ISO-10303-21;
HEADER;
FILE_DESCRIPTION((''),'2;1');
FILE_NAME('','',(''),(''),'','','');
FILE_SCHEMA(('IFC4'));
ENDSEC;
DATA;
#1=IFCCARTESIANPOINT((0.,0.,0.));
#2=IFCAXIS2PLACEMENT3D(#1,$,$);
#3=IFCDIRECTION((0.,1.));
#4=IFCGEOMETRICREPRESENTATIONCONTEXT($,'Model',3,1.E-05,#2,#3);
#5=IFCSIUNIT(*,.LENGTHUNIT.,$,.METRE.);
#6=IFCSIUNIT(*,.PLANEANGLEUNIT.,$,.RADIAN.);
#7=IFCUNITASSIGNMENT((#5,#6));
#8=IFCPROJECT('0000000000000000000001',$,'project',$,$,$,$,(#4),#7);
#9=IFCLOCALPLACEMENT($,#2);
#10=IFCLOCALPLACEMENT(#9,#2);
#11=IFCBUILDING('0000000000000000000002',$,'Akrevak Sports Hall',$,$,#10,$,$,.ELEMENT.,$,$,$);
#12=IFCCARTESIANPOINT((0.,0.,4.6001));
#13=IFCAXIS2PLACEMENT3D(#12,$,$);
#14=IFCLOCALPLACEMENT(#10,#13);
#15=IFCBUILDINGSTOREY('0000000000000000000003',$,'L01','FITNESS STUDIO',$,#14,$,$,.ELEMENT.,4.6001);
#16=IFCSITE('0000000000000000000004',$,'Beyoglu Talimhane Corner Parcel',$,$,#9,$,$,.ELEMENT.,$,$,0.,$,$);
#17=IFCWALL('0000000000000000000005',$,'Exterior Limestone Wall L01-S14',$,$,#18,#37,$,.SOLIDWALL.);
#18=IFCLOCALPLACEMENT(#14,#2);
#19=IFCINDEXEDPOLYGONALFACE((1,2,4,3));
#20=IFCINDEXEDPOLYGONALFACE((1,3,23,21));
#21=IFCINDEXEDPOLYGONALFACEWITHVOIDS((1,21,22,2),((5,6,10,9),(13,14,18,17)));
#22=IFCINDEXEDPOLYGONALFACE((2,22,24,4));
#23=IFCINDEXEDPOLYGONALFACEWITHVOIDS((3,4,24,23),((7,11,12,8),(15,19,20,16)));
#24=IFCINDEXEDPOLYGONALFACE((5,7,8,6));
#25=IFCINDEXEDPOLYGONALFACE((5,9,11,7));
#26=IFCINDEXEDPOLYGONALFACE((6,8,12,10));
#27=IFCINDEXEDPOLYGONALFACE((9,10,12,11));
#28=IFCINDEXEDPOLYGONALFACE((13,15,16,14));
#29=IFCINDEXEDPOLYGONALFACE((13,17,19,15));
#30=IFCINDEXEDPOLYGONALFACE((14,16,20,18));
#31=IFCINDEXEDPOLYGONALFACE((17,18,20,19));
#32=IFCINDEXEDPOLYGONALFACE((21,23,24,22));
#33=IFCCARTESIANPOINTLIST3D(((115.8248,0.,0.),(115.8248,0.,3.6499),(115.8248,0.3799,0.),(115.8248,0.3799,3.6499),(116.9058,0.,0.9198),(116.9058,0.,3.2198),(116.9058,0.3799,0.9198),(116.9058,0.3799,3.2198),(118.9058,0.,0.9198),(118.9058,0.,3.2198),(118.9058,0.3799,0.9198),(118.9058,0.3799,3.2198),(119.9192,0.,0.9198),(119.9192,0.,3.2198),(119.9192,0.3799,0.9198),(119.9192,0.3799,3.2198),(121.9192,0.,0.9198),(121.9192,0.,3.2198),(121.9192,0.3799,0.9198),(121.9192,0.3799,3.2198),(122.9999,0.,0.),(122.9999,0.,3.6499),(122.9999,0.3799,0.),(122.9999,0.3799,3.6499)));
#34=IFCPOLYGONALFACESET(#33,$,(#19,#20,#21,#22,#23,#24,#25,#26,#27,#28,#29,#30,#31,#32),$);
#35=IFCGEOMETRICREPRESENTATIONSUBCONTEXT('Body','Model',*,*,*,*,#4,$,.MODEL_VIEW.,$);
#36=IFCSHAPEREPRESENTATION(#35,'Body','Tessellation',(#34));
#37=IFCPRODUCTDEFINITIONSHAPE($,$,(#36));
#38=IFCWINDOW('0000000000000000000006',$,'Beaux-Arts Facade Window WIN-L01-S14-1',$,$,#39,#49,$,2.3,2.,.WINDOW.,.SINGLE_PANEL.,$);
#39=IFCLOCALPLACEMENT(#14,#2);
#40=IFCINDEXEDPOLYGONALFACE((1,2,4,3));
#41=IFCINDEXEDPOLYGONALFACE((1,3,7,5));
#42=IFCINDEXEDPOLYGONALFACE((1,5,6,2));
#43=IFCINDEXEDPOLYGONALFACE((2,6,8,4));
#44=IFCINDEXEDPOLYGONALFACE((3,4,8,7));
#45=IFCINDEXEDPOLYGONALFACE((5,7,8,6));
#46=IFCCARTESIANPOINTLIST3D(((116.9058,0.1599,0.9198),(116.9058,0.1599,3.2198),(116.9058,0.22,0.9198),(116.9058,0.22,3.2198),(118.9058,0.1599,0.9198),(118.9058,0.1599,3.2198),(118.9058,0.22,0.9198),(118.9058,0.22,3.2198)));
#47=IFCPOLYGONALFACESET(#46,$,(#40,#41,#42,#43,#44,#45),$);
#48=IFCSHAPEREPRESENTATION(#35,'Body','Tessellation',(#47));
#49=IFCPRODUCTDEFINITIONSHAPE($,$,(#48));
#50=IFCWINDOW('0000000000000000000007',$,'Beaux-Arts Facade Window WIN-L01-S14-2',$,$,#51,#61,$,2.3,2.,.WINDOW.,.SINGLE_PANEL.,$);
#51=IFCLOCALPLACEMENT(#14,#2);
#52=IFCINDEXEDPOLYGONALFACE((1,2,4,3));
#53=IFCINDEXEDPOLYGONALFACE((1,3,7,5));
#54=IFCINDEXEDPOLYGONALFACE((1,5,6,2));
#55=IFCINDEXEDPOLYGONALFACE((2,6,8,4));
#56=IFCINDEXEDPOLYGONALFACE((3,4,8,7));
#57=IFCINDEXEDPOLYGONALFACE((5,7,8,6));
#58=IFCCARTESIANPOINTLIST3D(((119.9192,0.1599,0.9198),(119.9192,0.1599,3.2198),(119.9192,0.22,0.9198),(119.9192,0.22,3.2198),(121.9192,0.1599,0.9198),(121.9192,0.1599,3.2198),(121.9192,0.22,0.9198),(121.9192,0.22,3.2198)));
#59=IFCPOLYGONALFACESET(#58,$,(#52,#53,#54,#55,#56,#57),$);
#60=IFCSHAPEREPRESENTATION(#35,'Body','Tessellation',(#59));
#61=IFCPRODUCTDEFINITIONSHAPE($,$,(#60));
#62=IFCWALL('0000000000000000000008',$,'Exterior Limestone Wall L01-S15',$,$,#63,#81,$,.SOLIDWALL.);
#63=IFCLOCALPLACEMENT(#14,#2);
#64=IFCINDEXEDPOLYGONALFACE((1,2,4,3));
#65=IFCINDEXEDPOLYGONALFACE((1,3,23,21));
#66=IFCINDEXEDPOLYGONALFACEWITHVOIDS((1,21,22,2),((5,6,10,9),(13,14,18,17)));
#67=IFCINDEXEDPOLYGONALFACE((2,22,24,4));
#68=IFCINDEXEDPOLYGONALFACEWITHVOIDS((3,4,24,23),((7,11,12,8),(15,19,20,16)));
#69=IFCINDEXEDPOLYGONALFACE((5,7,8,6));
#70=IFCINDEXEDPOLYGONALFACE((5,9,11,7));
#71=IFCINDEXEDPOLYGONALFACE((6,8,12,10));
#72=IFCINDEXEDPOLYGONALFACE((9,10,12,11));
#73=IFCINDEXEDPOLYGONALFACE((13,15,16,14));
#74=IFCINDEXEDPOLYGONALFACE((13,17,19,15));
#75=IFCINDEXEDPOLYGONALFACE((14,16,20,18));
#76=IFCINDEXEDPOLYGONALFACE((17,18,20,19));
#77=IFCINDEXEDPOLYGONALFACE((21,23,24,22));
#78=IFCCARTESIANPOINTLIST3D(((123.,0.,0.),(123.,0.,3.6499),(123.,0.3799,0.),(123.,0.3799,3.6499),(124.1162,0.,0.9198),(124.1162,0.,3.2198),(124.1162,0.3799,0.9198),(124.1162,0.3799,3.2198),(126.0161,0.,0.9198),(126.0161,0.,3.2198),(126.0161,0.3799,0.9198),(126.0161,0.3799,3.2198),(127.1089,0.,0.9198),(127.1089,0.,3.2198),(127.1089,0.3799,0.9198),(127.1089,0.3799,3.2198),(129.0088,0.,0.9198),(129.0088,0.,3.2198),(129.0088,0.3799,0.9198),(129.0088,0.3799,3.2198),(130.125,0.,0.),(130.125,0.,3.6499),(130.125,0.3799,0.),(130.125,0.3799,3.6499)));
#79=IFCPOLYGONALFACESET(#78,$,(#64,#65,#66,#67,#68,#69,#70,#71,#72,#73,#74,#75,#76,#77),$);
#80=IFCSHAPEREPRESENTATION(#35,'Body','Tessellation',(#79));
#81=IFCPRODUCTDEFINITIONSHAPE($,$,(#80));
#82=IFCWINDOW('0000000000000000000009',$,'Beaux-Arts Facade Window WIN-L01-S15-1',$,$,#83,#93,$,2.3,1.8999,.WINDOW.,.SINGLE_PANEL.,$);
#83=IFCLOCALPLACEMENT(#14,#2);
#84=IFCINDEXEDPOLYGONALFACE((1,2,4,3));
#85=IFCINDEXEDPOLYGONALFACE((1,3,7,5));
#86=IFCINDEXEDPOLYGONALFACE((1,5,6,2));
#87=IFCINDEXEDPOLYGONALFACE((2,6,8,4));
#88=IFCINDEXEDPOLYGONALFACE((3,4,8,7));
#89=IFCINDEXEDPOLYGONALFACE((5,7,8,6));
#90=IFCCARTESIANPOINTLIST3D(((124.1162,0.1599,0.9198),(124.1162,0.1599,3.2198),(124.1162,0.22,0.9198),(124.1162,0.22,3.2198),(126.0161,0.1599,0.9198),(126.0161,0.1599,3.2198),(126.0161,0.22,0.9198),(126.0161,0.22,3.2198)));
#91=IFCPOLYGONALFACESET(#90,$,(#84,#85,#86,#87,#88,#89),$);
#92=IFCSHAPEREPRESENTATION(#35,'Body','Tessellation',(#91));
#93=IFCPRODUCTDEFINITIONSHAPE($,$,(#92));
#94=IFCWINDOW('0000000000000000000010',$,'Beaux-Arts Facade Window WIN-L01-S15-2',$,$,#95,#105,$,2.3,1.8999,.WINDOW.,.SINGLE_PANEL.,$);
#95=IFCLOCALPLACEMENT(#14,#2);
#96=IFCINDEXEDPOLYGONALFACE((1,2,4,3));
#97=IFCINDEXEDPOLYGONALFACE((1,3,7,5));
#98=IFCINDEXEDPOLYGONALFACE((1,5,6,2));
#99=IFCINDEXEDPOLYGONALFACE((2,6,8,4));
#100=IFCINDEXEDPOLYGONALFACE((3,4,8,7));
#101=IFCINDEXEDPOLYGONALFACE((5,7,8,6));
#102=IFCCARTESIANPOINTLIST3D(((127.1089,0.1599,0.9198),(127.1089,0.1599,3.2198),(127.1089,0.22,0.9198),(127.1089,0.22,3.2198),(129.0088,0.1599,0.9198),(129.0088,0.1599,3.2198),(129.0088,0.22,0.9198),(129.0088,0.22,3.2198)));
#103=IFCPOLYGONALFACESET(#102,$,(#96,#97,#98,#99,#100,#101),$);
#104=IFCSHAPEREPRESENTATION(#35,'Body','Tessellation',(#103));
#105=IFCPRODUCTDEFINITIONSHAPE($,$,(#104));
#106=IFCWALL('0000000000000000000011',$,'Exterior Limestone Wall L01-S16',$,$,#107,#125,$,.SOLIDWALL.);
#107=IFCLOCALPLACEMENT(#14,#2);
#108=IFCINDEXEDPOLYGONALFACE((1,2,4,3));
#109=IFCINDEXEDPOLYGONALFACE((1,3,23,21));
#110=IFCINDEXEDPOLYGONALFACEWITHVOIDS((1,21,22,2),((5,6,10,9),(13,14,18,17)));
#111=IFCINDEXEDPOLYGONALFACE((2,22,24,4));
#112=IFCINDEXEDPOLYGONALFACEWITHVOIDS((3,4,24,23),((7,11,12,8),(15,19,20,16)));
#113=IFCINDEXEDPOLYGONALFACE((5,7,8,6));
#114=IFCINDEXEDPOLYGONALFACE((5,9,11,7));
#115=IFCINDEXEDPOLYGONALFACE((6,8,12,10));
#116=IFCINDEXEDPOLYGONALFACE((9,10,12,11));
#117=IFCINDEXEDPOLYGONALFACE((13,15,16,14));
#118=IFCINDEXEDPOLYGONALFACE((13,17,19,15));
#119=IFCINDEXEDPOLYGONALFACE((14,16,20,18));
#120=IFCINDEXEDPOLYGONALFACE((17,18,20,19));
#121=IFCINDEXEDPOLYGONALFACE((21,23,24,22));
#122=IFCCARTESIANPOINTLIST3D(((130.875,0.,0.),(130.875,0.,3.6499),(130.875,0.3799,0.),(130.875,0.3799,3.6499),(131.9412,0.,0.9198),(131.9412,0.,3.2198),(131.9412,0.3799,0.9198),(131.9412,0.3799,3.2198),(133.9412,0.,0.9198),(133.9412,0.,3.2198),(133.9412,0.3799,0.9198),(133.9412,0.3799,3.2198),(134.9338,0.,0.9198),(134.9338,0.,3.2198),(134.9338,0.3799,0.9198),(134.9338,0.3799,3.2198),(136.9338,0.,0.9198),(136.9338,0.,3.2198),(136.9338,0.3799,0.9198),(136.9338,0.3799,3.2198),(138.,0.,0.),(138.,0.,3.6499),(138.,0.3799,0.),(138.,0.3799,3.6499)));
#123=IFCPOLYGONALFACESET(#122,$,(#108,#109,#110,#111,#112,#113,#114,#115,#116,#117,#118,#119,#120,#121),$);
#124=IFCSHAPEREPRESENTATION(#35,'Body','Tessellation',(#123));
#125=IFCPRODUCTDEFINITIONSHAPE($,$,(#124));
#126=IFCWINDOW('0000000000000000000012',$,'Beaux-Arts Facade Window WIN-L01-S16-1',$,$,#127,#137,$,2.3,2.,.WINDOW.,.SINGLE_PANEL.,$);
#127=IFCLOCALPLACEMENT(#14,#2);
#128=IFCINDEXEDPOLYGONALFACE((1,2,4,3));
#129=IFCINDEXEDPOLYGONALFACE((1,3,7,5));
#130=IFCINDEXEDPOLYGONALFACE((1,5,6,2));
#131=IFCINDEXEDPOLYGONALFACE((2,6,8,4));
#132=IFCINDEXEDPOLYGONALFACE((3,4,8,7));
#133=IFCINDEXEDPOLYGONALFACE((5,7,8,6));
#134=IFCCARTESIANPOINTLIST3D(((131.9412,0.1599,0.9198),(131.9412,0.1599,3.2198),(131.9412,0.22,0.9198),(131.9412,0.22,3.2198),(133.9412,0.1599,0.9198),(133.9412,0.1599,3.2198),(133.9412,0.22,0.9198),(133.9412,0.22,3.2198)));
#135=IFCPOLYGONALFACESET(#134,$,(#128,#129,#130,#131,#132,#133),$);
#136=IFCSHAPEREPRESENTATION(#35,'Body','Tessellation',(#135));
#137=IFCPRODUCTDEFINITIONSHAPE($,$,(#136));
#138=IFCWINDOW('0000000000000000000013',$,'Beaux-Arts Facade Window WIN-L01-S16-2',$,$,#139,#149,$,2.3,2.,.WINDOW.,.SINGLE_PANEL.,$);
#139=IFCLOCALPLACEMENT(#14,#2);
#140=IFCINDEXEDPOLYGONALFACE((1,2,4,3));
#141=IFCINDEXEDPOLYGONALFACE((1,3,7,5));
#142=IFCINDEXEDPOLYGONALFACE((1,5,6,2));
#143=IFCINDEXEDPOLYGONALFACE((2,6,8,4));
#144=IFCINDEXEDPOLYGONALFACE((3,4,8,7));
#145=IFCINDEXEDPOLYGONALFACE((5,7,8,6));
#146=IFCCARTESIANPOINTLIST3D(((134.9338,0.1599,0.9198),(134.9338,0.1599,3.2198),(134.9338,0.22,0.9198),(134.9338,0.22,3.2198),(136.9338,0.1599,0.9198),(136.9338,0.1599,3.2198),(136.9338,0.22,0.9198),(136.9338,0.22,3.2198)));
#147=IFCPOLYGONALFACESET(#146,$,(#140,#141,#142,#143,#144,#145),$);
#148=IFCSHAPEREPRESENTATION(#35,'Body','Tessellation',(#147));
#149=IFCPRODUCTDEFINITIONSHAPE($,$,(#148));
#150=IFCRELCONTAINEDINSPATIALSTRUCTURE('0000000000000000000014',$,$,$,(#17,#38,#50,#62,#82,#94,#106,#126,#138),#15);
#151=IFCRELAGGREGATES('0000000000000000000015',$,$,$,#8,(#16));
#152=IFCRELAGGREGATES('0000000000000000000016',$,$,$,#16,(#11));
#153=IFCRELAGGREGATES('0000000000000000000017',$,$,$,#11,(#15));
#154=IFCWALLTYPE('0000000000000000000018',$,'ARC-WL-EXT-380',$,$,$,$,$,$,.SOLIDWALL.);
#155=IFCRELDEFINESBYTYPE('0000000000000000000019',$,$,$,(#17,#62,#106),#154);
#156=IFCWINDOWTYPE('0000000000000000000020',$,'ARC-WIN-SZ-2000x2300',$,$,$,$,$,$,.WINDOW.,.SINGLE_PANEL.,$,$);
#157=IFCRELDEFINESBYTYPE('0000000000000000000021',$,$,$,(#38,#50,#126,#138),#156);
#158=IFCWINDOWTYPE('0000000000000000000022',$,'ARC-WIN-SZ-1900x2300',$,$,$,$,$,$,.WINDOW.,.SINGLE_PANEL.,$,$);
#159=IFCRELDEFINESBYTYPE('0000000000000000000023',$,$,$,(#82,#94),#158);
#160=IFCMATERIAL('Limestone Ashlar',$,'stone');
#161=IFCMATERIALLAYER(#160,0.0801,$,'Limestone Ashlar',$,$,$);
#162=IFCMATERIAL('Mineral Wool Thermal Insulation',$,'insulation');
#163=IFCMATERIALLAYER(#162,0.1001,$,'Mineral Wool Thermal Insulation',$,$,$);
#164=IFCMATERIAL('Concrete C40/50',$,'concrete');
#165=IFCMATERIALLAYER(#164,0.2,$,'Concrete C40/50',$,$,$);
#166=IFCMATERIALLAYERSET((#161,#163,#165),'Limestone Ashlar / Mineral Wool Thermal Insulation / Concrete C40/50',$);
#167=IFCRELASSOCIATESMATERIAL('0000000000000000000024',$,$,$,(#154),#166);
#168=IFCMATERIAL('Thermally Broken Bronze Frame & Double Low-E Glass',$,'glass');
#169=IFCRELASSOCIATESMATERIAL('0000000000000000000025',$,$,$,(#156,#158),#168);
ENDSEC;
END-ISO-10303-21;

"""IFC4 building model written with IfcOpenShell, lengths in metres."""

from ifc_helpers import new_model, si_unit, direction, frame, frame_2d, origin, place, context, subcontext, project, spatial, rectangle, extrude, material, layer, layer_set, type_object, element, fill, save


model = new_model("IFC4")

# Units and contexts
model_context = context("Model", 3, precision=1e-05, world=origin(), true_north=direction((0.0, 1.0)))
body_context = subcontext(model_context, "Body", "Model", "MODEL_VIEW")
ifc_project = project(units=[si_unit("LENGTHUNIT", "METRE"), si_unit("PLANEANGLEUNIT", "RADIAN")], contexts=[model_context])

# Site, building, storey
site_placement = place(None, origin())
site = spatial("IfcSite", under=ifc_project, at=site_placement, Name="Beyoglu Talimhane Corner Parcel", CompositionType="ELEMENT", RefElevation=0.0)
building_placement = place(site_placement, origin())
building = spatial("IfcBuilding", under=site, at=building_placement, Name="Akrevak Sports Hall", CompositionType="ELEMENT")
storey_placement = place(building_placement, frame((0.0, 0.0, 4.6001)))
storey = spatial("IfcBuildingStorey", under=building, at=storey_placement, Name="L01", Description="FITNESS STUDIO", CompositionType="ELEMENT", Elevation=4.6001)

# Shared definitions
ifc_material_1 = material(Name="Concrete C40/50", Category="concrete")

# Walls, openings, windows
ifc_material_2 = material(Name="Limestone Ashlar", Category="stone")
ifc_layer_1 = layer(ifc_material_2, 0.0801, Name="Limestone Ashlar")
ifc_material_3 = material(Name="Mineral Wool Thermal Insulation", Category="insulation")
ifc_layer_2 = layer(ifc_material_3, 0.1001, Name="Mineral Wool Thermal Insulation")
ifc_layer_3 = layer(ifc_material_1, 0.2, Name="Concrete C40/50")
ifc_layer_set_1 = layer_set([ifc_layer_1, ifc_layer_2, ifc_layer_3], Name="Limestone Ashlar / Mineral Wool Thermal Insulation / Concrete C40/50")
wall_type_1 = type_object("IfcWallType", Name="ARC-WL-EXT-380", PredefinedType="SOLIDWALL", material=ifc_layer_set_1)
wall_1_placement = place(storey_placement, frame((115.825, 0.1899, 0.0), z_axis=(0.0, 0.0, 1.0), x_axis=(1.0, 0.0, 0.0)))
wall_1 = element("IfcWall", 1, at=wall_1_placement, inside=storey, type_object=wall_type_1, Name="Exterior Limestone Wall L01-S14", PredefinedType="SOLIDWALL", context=body_context, shape_type="SweptSolid", body=[
    extrude(rectangle(XDim=7.175, YDim=0.3799, at=frame_2d((3.5874, 0.0))), origin(), (0.0, 0.0, 1.0), 3.6499),
])
opening_1_placement = place(wall_1_placement, frame((1.0808, 0.0, 0.9199)))
opening_1 = element("IfcOpeningElement", 2, at=opening_1_placement, cuts=wall_1, PredefinedType="OPENING", context=body_context, shape_type="SweptSolid", body=[
    extrude(rectangle(XDim=2.0, YDim=2.3, at=frame_2d((1.0, 1.1499))), frame((0.0, 0.2019, 0.0), z_axis=(0.0, -1.0, 0.0), x_axis=(1.0, 0.0, 0.0)), (0.0, 0.0, 1.0), 0.4038),
])
opening_2_placement = place(wall_1_placement, frame((4.0942, 0.0, 0.9199)))
opening_2 = element("IfcOpeningElement", 3, at=opening_2_placement, cuts=wall_1, PredefinedType="OPENING", context=body_context, shape_type="SweptSolid", body=[
    extrude(rectangle(XDim=2.0, YDim=2.3, at=frame_2d((1.0, 1.1499))), frame((0.0, 0.2019, 0.0), z_axis=(0.0, -1.0, 0.0), x_axis=(1.0, 0.0, 0.0)), (0.0, 0.0, 1.0), 0.4038),
])
ifc_material_4 = material(Name="Thermally Broken Bronze Frame & Double Low-E Glass", Category="glass")
window_type_1 = type_object("IfcWindowType", Name="ARC-WIN-SZ-2000x2300", PartitioningType="SINGLE_PANEL", PredefinedType="WINDOW", material=ifc_material_4)
window_1_placement = place(opening_1_placement, origin())
window_1 = element("IfcWindow", 4, at=window_1_placement, inside=storey, type_object=window_type_1, Name="Beaux-Arts Facade Window WIN-L01-S14-1", OverallHeight=2.3, OverallWidth=2.0, PartitioningType="SINGLE_PANEL", PredefinedType="WINDOW", context=body_context, shape_type="SweptSolid", body=[
    extrude(rectangle(XDim=2.0, YDim=2.3, at=frame_2d((1.0, 1.1499))), frame((0.0, 0.03, 0.0), z_axis=(0.0, -1.0, 0.0), x_axis=(1.0, 0.0, 0.0)), (0.0, 0.0, 1.0), 0.0601),
])
fill(opening_1, window_1)
window_2_placement = place(opening_2_placement, origin())
window_2 = element("IfcWindow", 5, at=window_2_placement, inside=storey, type_object=window_type_1, Name="Beaux-Arts Facade Window WIN-L01-S14-2", OverallHeight=2.3, OverallWidth=2.0, PartitioningType="SINGLE_PANEL", PredefinedType="WINDOW", context=body_context, shape_type="SweptSolid", body=[
    extrude(rectangle(XDim=2.0, YDim=2.3, at=frame_2d((1.0, 1.1499))), frame((0.0, 0.03, 0.0), z_axis=(0.0, -1.0, 0.0), x_axis=(1.0, 0.0, 0.0)), (0.0, 0.0, 1.0), 0.0601),
])
fill(opening_2, window_2)
wall_2_placement = place(storey_placement, frame((123.0, 0.1899, 0.0), z_axis=(0.0, 0.0, 1.0), x_axis=(1.0, 0.0, 0.0)))
wall_2 = element("IfcWall", 6, at=wall_2_placement, inside=storey, type_object=wall_type_1, Name="Exterior Limestone Wall L01-S15", PredefinedType="SOLIDWALL", context=body_context, shape_type="SweptSolid", body=[
    extrude(rectangle(XDim=7.125, YDim=0.3799, at=frame_2d((3.5625, 0.0))), origin(), (0.0, 0.0, 1.0), 3.6499),
])
opening_3_placement = place(wall_2_placement, frame((1.1162, 0.0, 0.9199)))
opening_3 = element("IfcOpeningElement", 7, at=opening_3_placement, cuts=wall_2, PredefinedType="OPENING", context=body_context, shape_type="SweptSolid", body=[
    extrude(rectangle(XDim=1.8999, YDim=2.3, at=frame_2d((0.95, 1.1499))), frame((0.0, 0.2019, 0.0), z_axis=(0.0, -1.0, 0.0), x_axis=(1.0, 0.0, 0.0)), (0.0, 0.0, 1.0), 0.4038),
])
opening_4_placement = place(wall_2_placement, frame((4.1089, 0.0, 0.9199)))
opening_4 = element("IfcOpeningElement", 8, at=opening_4_placement, cuts=wall_2, PredefinedType="OPENING", context=body_context, shape_type="SweptSolid", body=[
    extrude(rectangle(XDim=1.8999, YDim=2.3, at=frame_2d((0.95, 1.1499))), frame((0.0, 0.2019, 0.0), z_axis=(0.0, -1.0, 0.0), x_axis=(1.0, 0.0, 0.0)), (0.0, 0.0, 1.0), 0.4038),
])
window_type_2 = type_object("IfcWindowType", Name="ARC-WIN-SZ-1900x2300", PartitioningType="SINGLE_PANEL", PredefinedType="WINDOW", material=ifc_material_4)
window_3_placement = place(opening_3_placement, origin())
window_3 = element("IfcWindow", 9, at=window_3_placement, inside=storey, type_object=window_type_2, Name="Beaux-Arts Facade Window WIN-L01-S15-1", OverallHeight=2.3, OverallWidth=1.8999, PartitioningType="SINGLE_PANEL", PredefinedType="WINDOW", context=body_context, shape_type="SweptSolid", body=[
    extrude(rectangle(XDim=1.8999, YDim=2.3, at=frame_2d((0.95, 1.1499))), frame((0.0, 0.03, 0.0), z_axis=(0.0, -1.0, 0.0), x_axis=(1.0, 0.0, 0.0)), (0.0, 0.0, 1.0), 0.0601),
])
fill(opening_3, window_3)
window_4_placement = place(opening_4_placement, origin())
window_4 = element("IfcWindow", 10, at=window_4_placement, inside=storey, type_object=window_type_2, Name="Beaux-Arts Facade Window WIN-L01-S15-2", OverallHeight=2.3, OverallWidth=1.8999, PartitioningType="SINGLE_PANEL", PredefinedType="WINDOW", context=body_context, shape_type="SweptSolid", body=[
    extrude(rectangle(XDim=1.8999, YDim=2.3, at=frame_2d((0.95, 1.1499))), frame((0.0, 0.03, 0.0), z_axis=(0.0, -1.0, 0.0), x_axis=(1.0, 0.0, 0.0)), (0.0, 0.0, 1.0), 0.0601),
])
fill(opening_4, window_4)
wall_3_placement = place(storey_placement, frame((130.875, 0.1899, 0.0), z_axis=(0.0, 0.0, 1.0), x_axis=(1.0, 0.0, 0.0)))
wall_3 = element("IfcWall", 11, at=wall_3_placement, inside=storey, type_object=wall_type_1, Name="Exterior Limestone Wall L01-S16", PredefinedType="SOLIDWALL", context=body_context, shape_type="SweptSolid", body=[
    extrude(rectangle(XDim=7.125, YDim=0.3799, at=frame_2d((3.5625, 0.0))), origin(), (0.0, 0.0, 1.0), 3.6499),
])
opening_5_placement = place(wall_3_placement, frame((1.0662, 0.0, 0.9199)))
opening_5 = element("IfcOpeningElement", 12, at=opening_5_placement, cuts=wall_3, PredefinedType="OPENING", context=body_context, shape_type="SweptSolid", body=[
    extrude(rectangle(XDim=2.0, YDim=2.3, at=frame_2d((1.0, 1.1499))), frame((0.0, 0.2019, 0.0), z_axis=(0.0, -1.0, 0.0), x_axis=(1.0, 0.0, 0.0)), (0.0, 0.0, 1.0), 0.4038),
])
opening_6_placement = place(wall_3_placement, frame((4.0588, 0.0, 0.9199)))
opening_6 = element("IfcOpeningElement", 13, at=opening_6_placement, cuts=wall_3, PredefinedType="OPENING", context=body_context, shape_type="SweptSolid", body=[
    extrude(rectangle(XDim=2.0, YDim=2.3, at=frame_2d((1.0, 1.1499))), frame((0.0, 0.2019, 0.0), z_axis=(0.0, -1.0, 0.0), x_axis=(1.0, 0.0, 0.0)), (0.0, 0.0, 1.0), 0.4038),
])
window_5_placement = place(opening_5_placement, origin())
window_5 = element("IfcWindow", 14, at=window_5_placement, inside=storey, type_object=window_type_1, Name="Beaux-Arts Facade Window WIN-L01-S16-1", OverallHeight=2.3, OverallWidth=2.0, PartitioningType="SINGLE_PANEL", PredefinedType="WINDOW", context=body_context, shape_type="SweptSolid", body=[
    extrude(rectangle(XDim=2.0, YDim=2.3, at=frame_2d((1.0, 1.1499))), frame((0.0, 0.03, 0.0), z_axis=(0.0, -1.0, 0.0), x_axis=(1.0, 0.0, 0.0)), (0.0, 0.0, 1.0), 0.0601),
])
fill(opening_5, window_5)
window_6_placement = place(opening_6_placement, origin())
window_6 = element("IfcWindow", 15, at=window_6_placement, inside=storey, type_object=window_type_1, Name="Beaux-Arts Facade Window WIN-L01-S16-2", OverallHeight=2.3, OverallWidth=2.0, PartitioningType="SINGLE_PANEL", PredefinedType="WINDOW", context=body_context, shape_type="SweptSolid", body=[
    extrude(rectangle(XDim=2.0, YDim=2.3, at=frame_2d((1.0, 1.1499))), frame((0.0, 0.03, 0.0), z_axis=(0.0, -1.0, 0.0), x_axis=(1.0, 0.0, 0.0)), (0.0, 0.0, 1.0), 0.0601),
])
fill(opening_6, window_6)

save(model, "model.ifc")
